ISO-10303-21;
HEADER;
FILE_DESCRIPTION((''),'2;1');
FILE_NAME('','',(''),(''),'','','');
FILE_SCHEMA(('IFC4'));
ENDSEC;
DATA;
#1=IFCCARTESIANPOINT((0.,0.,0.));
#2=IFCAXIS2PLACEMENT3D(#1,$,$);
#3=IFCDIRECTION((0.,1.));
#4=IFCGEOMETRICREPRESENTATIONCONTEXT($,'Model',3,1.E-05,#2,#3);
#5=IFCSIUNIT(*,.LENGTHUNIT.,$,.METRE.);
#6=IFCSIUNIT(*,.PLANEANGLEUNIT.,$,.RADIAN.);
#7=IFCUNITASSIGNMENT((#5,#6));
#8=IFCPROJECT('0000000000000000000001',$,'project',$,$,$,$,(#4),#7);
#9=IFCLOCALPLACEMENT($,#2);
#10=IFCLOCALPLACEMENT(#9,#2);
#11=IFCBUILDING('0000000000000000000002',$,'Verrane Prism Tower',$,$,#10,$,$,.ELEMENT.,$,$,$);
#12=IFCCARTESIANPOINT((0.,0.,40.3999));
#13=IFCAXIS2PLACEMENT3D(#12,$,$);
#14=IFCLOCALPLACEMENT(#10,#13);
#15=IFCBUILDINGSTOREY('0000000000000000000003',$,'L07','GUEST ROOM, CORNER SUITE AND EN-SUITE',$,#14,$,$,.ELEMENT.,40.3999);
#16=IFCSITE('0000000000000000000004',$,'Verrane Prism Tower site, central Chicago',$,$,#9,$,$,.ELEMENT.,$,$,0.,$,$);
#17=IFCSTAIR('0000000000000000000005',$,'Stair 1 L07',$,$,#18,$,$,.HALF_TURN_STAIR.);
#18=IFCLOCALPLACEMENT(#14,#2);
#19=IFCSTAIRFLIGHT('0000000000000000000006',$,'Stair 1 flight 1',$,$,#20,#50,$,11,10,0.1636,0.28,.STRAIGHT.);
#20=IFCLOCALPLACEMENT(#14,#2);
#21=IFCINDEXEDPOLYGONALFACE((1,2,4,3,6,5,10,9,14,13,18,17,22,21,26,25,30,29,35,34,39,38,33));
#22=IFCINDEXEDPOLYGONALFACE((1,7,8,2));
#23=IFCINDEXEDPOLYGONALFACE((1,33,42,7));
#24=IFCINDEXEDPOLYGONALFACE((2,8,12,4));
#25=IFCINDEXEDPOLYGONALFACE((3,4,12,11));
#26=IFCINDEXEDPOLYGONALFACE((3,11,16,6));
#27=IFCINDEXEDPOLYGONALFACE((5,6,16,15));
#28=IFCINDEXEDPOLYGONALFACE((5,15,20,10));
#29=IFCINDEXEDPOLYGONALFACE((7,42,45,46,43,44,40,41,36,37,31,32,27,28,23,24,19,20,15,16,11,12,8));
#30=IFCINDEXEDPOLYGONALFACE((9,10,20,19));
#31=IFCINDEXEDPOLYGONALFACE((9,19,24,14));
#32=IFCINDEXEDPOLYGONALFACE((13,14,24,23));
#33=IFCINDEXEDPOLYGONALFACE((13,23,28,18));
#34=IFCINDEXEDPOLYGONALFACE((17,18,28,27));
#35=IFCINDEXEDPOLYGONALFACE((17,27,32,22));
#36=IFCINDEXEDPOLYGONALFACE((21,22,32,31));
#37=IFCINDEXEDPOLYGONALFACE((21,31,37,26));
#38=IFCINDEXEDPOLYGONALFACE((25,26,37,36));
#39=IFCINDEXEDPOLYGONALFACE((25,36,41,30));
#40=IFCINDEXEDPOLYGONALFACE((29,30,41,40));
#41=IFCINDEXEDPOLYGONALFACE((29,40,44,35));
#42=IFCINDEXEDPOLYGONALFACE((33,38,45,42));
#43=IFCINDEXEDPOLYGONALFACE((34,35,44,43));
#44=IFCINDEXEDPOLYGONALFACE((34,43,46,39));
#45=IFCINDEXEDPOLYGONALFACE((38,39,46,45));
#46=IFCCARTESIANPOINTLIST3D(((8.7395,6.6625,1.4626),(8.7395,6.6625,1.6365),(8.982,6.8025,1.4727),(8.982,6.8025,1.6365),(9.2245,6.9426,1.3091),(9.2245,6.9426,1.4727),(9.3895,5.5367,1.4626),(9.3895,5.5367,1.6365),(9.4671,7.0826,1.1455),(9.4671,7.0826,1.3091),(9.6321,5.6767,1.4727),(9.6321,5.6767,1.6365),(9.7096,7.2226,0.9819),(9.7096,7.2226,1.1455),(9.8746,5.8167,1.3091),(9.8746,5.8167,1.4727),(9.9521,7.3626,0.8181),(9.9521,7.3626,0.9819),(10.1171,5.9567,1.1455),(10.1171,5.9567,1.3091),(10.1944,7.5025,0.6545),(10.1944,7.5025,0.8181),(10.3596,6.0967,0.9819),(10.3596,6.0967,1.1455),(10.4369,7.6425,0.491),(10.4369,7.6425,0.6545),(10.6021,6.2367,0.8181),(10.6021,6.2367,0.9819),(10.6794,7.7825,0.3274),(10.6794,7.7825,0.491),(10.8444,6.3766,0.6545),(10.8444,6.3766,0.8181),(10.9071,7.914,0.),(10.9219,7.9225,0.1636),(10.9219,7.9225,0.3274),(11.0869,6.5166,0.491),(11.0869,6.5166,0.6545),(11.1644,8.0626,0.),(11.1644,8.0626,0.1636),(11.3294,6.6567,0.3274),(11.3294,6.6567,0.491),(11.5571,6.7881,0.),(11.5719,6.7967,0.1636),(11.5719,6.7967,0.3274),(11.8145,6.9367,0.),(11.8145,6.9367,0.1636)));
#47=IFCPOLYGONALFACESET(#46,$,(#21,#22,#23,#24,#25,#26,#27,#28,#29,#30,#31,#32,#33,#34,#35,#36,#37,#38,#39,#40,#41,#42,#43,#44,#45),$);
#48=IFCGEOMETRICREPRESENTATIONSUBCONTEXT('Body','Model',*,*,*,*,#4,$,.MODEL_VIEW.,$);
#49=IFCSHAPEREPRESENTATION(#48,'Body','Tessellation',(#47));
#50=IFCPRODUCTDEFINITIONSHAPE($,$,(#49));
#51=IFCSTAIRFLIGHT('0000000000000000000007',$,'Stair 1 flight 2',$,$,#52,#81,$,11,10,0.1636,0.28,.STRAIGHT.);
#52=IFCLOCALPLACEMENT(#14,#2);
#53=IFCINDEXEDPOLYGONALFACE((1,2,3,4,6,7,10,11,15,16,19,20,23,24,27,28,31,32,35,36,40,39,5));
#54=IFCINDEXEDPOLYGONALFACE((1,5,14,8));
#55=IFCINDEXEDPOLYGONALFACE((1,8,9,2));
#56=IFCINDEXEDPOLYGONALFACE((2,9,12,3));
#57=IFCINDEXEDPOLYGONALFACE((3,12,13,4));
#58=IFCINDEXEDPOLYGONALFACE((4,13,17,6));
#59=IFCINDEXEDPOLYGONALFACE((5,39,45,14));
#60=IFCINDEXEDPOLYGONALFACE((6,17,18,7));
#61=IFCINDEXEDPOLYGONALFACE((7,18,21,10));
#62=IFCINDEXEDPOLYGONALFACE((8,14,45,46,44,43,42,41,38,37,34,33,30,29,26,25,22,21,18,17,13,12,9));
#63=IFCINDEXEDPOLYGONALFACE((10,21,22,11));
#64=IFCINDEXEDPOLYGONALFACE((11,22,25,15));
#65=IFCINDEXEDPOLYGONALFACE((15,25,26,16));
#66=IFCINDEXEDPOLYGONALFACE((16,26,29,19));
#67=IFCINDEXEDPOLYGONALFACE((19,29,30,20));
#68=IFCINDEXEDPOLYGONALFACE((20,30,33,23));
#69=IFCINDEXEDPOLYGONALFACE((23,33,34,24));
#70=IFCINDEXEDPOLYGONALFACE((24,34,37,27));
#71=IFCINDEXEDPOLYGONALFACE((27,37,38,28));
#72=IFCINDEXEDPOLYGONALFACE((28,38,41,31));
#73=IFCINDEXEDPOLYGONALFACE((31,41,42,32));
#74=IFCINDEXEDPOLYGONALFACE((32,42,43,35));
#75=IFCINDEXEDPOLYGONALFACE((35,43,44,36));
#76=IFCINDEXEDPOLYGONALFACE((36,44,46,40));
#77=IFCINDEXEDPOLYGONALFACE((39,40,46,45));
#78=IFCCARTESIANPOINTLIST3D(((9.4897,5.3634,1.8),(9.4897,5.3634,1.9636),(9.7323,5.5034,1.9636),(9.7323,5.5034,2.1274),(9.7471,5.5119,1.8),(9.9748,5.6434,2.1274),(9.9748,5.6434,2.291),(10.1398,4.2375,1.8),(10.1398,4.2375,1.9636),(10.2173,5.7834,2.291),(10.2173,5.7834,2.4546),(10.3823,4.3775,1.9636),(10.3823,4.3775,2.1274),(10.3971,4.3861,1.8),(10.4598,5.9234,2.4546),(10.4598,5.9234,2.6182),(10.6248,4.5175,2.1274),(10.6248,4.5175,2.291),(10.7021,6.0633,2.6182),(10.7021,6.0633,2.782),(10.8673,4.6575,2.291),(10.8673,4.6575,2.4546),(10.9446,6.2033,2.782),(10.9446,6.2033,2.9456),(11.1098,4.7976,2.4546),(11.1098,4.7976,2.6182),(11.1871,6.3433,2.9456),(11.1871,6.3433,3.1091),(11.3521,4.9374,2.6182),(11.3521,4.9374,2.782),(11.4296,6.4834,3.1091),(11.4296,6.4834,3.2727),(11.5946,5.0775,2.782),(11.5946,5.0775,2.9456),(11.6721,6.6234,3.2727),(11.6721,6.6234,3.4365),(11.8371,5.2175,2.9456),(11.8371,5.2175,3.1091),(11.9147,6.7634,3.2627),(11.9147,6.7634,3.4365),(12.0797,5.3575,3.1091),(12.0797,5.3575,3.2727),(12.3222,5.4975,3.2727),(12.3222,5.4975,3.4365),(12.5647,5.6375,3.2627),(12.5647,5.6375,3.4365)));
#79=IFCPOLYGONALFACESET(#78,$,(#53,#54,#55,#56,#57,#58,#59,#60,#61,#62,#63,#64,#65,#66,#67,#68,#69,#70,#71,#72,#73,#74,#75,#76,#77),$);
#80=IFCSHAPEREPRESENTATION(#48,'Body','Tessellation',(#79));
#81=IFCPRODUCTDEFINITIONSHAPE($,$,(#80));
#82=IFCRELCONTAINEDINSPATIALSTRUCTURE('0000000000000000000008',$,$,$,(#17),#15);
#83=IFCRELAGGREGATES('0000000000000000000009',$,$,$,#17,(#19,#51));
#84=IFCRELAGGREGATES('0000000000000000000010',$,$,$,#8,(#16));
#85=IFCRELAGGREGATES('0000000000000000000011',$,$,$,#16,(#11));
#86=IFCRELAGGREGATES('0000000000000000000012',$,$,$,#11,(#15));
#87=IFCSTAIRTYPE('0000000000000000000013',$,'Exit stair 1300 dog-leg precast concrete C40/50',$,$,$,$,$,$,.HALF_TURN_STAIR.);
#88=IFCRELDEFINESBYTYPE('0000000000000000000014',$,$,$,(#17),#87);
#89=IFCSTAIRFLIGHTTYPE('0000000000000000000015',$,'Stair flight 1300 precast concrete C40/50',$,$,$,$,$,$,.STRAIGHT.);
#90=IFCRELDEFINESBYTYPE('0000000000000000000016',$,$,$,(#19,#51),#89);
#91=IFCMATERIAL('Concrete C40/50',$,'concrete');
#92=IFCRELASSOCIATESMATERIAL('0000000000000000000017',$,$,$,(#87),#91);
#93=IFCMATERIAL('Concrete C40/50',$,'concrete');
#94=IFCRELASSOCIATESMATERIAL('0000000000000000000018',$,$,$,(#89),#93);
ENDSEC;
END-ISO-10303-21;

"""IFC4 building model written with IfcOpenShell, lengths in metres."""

from ifc_helpers import new_model, si_unit, direction, frame, origin, place, context, subcontext, project, spatial, polyline, outline, extrude, material, type_object, element, aggregate, save


model = new_model("IFC4")

# Units and contexts
model_context = context("Model", 3, precision=1e-05, world=origin(), true_north=direction((0.0, 1.0)))
body_context = subcontext(model_context, "Body", "Model", "MODEL_VIEW")
ifc_project = project(units=[si_unit("LENGTHUNIT", "METRE"), si_unit("PLANEANGLEUNIT", "RADIAN")], contexts=[model_context])

# Site, building, storey
site_placement = place(None, origin())
site = spatial("IfcSite", under=ifc_project, at=site_placement, Name="Verrane Prism Tower site, central Chicago", CompositionType="ELEMENT", RefElevation=0.0)
building_placement = place(site_placement, origin())
building = spatial("IfcBuilding", under=site, at=building_placement, Name="Verrane Prism Tower", CompositionType="ELEMENT")
storey_placement = place(building_placement, frame((0.0, 0.0, 40.3999)))
storey = spatial("IfcBuildingStorey", under=building, at=storey_placement, Name="L07", Description="GUEST ROOM, CORNER SUITE AND EN-SUITE", CompositionType="ELEMENT", Elevation=40.3999)

# Stair, stair flights
ifc_material_1 = material(Name="Concrete C40/50", Category="concrete")
stair_type = type_object("IfcStairType", Name="Exit stair 1300 dog-leg precast concrete C40/50", PredefinedType="HALF_TURN_STAIR", material=ifc_material_1)
stair_placement = place(storey_placement, origin())
stair = element("IfcStair", 1, at=stair_placement, inside=storey, type_object=stair_type, Name="Stair 1 L07", PredefinedType="HALF_TURN_STAIR")
ifc_material_2 = material(Name="Concrete C40/50", Category="concrete")
stair_flight_type = type_object("IfcStairFlightType", Name="Stair flight 1300 precast concrete C40/50", PredefinedType="STRAIGHT", material=ifc_material_2)
stair_flight_1_placement = place(storey_placement, frame((11.4895, 7.4995, 0.0), z_axis=(0.0, 0.0, 1.0), x_axis=(-0.866025, -0.5, 0.0)))
stair_flight_1 = element("IfcStairFlight", 2, at=stair_flight_1_placement, type_object=stair_flight_type, Name="Stair 1 flight 1", NumberOfRisers=11, NumberOfTreads=10, PredefinedType="STRAIGHT", RiserHeight=0.1636, TreadLength=0.28, context=body_context, shape_type="SweptSolid", body=[
    extrude(outline(polyline([(0.0, 0.0), (0.0, 0.1636), (0.28, 0.1636), (0.28, 0.3274), (0.5601, 0.3274), (0.5601, 0.491), (0.8401, 0.491), (0.8401, 0.6545), (1.1201, 0.6545), (1.1201, 0.8181), (1.3999, 0.8181), (1.3999, 0.9819), (1.6799, 0.9819), (1.6799, 1.1455), (1.96, 1.1455), (1.96, 1.3091), (2.24, 1.3091), (2.24, 1.4727), (2.52, 1.4727), (2.52, 1.6365), (2.8, 1.6365), (2.8, 1.8), (2.8, 1.4626), (0.2971, 0.0), (0.0, 0.0)])), frame((0.0, 0.6499, 0.0), z_axis=(0.0, -1.0, 0.0), x_axis=(1.0, 0.0, 0.0)), (0.0, 0.0, 1.0), 1.3),
])
stair_flight_2_placement = place(storey_placement, frame((9.8147, 4.8005, 1.8), z_axis=(0.0, 0.0, 1.0), x_axis=(0.866025, 0.5, 0.0)))
stair_flight_2 = element("IfcStairFlight", 3, at=stair_flight_2_placement, type_object=stair_flight_type, Name="Stair 1 flight 2", NumberOfRisers=11, NumberOfTreads=10, PredefinedType="STRAIGHT", RiserHeight=0.1636, TreadLength=0.28, context=body_context, shape_type="SweptSolid", body=[
    extrude(outline(polyline([(0.0, 0.0), (0.0, 0.1636), (0.28, 0.1636), (0.28, 0.3274), (0.5601, 0.3274), (0.5601, 0.491), (0.8401, 0.491), (0.8401, 0.6545), (1.1201, 0.6545), (1.1201, 0.8181), (1.3999, 0.8181), (1.3999, 0.9819), (1.6799, 0.9819), (1.6799, 1.1455), (1.96, 1.1455), (1.96, 1.3091), (2.24, 1.3091), (2.24, 1.4727), (2.52, 1.4727), (2.52, 1.6365), (2.8, 1.6365), (2.8, 1.8), (2.8, 1.4626), (0.2971, 0.0), (0.0, 0.0)])), frame((0.0, 0.6499, 0.0), z_axis=(0.0, -1.0, 0.0), x_axis=(1.0, 0.0, 0.0)), (0.0, 0.0, 1.0), 1.3),
])
aggregate(stair, [stair_flight_1, stair_flight_2])

save(model, "model.ifc")
